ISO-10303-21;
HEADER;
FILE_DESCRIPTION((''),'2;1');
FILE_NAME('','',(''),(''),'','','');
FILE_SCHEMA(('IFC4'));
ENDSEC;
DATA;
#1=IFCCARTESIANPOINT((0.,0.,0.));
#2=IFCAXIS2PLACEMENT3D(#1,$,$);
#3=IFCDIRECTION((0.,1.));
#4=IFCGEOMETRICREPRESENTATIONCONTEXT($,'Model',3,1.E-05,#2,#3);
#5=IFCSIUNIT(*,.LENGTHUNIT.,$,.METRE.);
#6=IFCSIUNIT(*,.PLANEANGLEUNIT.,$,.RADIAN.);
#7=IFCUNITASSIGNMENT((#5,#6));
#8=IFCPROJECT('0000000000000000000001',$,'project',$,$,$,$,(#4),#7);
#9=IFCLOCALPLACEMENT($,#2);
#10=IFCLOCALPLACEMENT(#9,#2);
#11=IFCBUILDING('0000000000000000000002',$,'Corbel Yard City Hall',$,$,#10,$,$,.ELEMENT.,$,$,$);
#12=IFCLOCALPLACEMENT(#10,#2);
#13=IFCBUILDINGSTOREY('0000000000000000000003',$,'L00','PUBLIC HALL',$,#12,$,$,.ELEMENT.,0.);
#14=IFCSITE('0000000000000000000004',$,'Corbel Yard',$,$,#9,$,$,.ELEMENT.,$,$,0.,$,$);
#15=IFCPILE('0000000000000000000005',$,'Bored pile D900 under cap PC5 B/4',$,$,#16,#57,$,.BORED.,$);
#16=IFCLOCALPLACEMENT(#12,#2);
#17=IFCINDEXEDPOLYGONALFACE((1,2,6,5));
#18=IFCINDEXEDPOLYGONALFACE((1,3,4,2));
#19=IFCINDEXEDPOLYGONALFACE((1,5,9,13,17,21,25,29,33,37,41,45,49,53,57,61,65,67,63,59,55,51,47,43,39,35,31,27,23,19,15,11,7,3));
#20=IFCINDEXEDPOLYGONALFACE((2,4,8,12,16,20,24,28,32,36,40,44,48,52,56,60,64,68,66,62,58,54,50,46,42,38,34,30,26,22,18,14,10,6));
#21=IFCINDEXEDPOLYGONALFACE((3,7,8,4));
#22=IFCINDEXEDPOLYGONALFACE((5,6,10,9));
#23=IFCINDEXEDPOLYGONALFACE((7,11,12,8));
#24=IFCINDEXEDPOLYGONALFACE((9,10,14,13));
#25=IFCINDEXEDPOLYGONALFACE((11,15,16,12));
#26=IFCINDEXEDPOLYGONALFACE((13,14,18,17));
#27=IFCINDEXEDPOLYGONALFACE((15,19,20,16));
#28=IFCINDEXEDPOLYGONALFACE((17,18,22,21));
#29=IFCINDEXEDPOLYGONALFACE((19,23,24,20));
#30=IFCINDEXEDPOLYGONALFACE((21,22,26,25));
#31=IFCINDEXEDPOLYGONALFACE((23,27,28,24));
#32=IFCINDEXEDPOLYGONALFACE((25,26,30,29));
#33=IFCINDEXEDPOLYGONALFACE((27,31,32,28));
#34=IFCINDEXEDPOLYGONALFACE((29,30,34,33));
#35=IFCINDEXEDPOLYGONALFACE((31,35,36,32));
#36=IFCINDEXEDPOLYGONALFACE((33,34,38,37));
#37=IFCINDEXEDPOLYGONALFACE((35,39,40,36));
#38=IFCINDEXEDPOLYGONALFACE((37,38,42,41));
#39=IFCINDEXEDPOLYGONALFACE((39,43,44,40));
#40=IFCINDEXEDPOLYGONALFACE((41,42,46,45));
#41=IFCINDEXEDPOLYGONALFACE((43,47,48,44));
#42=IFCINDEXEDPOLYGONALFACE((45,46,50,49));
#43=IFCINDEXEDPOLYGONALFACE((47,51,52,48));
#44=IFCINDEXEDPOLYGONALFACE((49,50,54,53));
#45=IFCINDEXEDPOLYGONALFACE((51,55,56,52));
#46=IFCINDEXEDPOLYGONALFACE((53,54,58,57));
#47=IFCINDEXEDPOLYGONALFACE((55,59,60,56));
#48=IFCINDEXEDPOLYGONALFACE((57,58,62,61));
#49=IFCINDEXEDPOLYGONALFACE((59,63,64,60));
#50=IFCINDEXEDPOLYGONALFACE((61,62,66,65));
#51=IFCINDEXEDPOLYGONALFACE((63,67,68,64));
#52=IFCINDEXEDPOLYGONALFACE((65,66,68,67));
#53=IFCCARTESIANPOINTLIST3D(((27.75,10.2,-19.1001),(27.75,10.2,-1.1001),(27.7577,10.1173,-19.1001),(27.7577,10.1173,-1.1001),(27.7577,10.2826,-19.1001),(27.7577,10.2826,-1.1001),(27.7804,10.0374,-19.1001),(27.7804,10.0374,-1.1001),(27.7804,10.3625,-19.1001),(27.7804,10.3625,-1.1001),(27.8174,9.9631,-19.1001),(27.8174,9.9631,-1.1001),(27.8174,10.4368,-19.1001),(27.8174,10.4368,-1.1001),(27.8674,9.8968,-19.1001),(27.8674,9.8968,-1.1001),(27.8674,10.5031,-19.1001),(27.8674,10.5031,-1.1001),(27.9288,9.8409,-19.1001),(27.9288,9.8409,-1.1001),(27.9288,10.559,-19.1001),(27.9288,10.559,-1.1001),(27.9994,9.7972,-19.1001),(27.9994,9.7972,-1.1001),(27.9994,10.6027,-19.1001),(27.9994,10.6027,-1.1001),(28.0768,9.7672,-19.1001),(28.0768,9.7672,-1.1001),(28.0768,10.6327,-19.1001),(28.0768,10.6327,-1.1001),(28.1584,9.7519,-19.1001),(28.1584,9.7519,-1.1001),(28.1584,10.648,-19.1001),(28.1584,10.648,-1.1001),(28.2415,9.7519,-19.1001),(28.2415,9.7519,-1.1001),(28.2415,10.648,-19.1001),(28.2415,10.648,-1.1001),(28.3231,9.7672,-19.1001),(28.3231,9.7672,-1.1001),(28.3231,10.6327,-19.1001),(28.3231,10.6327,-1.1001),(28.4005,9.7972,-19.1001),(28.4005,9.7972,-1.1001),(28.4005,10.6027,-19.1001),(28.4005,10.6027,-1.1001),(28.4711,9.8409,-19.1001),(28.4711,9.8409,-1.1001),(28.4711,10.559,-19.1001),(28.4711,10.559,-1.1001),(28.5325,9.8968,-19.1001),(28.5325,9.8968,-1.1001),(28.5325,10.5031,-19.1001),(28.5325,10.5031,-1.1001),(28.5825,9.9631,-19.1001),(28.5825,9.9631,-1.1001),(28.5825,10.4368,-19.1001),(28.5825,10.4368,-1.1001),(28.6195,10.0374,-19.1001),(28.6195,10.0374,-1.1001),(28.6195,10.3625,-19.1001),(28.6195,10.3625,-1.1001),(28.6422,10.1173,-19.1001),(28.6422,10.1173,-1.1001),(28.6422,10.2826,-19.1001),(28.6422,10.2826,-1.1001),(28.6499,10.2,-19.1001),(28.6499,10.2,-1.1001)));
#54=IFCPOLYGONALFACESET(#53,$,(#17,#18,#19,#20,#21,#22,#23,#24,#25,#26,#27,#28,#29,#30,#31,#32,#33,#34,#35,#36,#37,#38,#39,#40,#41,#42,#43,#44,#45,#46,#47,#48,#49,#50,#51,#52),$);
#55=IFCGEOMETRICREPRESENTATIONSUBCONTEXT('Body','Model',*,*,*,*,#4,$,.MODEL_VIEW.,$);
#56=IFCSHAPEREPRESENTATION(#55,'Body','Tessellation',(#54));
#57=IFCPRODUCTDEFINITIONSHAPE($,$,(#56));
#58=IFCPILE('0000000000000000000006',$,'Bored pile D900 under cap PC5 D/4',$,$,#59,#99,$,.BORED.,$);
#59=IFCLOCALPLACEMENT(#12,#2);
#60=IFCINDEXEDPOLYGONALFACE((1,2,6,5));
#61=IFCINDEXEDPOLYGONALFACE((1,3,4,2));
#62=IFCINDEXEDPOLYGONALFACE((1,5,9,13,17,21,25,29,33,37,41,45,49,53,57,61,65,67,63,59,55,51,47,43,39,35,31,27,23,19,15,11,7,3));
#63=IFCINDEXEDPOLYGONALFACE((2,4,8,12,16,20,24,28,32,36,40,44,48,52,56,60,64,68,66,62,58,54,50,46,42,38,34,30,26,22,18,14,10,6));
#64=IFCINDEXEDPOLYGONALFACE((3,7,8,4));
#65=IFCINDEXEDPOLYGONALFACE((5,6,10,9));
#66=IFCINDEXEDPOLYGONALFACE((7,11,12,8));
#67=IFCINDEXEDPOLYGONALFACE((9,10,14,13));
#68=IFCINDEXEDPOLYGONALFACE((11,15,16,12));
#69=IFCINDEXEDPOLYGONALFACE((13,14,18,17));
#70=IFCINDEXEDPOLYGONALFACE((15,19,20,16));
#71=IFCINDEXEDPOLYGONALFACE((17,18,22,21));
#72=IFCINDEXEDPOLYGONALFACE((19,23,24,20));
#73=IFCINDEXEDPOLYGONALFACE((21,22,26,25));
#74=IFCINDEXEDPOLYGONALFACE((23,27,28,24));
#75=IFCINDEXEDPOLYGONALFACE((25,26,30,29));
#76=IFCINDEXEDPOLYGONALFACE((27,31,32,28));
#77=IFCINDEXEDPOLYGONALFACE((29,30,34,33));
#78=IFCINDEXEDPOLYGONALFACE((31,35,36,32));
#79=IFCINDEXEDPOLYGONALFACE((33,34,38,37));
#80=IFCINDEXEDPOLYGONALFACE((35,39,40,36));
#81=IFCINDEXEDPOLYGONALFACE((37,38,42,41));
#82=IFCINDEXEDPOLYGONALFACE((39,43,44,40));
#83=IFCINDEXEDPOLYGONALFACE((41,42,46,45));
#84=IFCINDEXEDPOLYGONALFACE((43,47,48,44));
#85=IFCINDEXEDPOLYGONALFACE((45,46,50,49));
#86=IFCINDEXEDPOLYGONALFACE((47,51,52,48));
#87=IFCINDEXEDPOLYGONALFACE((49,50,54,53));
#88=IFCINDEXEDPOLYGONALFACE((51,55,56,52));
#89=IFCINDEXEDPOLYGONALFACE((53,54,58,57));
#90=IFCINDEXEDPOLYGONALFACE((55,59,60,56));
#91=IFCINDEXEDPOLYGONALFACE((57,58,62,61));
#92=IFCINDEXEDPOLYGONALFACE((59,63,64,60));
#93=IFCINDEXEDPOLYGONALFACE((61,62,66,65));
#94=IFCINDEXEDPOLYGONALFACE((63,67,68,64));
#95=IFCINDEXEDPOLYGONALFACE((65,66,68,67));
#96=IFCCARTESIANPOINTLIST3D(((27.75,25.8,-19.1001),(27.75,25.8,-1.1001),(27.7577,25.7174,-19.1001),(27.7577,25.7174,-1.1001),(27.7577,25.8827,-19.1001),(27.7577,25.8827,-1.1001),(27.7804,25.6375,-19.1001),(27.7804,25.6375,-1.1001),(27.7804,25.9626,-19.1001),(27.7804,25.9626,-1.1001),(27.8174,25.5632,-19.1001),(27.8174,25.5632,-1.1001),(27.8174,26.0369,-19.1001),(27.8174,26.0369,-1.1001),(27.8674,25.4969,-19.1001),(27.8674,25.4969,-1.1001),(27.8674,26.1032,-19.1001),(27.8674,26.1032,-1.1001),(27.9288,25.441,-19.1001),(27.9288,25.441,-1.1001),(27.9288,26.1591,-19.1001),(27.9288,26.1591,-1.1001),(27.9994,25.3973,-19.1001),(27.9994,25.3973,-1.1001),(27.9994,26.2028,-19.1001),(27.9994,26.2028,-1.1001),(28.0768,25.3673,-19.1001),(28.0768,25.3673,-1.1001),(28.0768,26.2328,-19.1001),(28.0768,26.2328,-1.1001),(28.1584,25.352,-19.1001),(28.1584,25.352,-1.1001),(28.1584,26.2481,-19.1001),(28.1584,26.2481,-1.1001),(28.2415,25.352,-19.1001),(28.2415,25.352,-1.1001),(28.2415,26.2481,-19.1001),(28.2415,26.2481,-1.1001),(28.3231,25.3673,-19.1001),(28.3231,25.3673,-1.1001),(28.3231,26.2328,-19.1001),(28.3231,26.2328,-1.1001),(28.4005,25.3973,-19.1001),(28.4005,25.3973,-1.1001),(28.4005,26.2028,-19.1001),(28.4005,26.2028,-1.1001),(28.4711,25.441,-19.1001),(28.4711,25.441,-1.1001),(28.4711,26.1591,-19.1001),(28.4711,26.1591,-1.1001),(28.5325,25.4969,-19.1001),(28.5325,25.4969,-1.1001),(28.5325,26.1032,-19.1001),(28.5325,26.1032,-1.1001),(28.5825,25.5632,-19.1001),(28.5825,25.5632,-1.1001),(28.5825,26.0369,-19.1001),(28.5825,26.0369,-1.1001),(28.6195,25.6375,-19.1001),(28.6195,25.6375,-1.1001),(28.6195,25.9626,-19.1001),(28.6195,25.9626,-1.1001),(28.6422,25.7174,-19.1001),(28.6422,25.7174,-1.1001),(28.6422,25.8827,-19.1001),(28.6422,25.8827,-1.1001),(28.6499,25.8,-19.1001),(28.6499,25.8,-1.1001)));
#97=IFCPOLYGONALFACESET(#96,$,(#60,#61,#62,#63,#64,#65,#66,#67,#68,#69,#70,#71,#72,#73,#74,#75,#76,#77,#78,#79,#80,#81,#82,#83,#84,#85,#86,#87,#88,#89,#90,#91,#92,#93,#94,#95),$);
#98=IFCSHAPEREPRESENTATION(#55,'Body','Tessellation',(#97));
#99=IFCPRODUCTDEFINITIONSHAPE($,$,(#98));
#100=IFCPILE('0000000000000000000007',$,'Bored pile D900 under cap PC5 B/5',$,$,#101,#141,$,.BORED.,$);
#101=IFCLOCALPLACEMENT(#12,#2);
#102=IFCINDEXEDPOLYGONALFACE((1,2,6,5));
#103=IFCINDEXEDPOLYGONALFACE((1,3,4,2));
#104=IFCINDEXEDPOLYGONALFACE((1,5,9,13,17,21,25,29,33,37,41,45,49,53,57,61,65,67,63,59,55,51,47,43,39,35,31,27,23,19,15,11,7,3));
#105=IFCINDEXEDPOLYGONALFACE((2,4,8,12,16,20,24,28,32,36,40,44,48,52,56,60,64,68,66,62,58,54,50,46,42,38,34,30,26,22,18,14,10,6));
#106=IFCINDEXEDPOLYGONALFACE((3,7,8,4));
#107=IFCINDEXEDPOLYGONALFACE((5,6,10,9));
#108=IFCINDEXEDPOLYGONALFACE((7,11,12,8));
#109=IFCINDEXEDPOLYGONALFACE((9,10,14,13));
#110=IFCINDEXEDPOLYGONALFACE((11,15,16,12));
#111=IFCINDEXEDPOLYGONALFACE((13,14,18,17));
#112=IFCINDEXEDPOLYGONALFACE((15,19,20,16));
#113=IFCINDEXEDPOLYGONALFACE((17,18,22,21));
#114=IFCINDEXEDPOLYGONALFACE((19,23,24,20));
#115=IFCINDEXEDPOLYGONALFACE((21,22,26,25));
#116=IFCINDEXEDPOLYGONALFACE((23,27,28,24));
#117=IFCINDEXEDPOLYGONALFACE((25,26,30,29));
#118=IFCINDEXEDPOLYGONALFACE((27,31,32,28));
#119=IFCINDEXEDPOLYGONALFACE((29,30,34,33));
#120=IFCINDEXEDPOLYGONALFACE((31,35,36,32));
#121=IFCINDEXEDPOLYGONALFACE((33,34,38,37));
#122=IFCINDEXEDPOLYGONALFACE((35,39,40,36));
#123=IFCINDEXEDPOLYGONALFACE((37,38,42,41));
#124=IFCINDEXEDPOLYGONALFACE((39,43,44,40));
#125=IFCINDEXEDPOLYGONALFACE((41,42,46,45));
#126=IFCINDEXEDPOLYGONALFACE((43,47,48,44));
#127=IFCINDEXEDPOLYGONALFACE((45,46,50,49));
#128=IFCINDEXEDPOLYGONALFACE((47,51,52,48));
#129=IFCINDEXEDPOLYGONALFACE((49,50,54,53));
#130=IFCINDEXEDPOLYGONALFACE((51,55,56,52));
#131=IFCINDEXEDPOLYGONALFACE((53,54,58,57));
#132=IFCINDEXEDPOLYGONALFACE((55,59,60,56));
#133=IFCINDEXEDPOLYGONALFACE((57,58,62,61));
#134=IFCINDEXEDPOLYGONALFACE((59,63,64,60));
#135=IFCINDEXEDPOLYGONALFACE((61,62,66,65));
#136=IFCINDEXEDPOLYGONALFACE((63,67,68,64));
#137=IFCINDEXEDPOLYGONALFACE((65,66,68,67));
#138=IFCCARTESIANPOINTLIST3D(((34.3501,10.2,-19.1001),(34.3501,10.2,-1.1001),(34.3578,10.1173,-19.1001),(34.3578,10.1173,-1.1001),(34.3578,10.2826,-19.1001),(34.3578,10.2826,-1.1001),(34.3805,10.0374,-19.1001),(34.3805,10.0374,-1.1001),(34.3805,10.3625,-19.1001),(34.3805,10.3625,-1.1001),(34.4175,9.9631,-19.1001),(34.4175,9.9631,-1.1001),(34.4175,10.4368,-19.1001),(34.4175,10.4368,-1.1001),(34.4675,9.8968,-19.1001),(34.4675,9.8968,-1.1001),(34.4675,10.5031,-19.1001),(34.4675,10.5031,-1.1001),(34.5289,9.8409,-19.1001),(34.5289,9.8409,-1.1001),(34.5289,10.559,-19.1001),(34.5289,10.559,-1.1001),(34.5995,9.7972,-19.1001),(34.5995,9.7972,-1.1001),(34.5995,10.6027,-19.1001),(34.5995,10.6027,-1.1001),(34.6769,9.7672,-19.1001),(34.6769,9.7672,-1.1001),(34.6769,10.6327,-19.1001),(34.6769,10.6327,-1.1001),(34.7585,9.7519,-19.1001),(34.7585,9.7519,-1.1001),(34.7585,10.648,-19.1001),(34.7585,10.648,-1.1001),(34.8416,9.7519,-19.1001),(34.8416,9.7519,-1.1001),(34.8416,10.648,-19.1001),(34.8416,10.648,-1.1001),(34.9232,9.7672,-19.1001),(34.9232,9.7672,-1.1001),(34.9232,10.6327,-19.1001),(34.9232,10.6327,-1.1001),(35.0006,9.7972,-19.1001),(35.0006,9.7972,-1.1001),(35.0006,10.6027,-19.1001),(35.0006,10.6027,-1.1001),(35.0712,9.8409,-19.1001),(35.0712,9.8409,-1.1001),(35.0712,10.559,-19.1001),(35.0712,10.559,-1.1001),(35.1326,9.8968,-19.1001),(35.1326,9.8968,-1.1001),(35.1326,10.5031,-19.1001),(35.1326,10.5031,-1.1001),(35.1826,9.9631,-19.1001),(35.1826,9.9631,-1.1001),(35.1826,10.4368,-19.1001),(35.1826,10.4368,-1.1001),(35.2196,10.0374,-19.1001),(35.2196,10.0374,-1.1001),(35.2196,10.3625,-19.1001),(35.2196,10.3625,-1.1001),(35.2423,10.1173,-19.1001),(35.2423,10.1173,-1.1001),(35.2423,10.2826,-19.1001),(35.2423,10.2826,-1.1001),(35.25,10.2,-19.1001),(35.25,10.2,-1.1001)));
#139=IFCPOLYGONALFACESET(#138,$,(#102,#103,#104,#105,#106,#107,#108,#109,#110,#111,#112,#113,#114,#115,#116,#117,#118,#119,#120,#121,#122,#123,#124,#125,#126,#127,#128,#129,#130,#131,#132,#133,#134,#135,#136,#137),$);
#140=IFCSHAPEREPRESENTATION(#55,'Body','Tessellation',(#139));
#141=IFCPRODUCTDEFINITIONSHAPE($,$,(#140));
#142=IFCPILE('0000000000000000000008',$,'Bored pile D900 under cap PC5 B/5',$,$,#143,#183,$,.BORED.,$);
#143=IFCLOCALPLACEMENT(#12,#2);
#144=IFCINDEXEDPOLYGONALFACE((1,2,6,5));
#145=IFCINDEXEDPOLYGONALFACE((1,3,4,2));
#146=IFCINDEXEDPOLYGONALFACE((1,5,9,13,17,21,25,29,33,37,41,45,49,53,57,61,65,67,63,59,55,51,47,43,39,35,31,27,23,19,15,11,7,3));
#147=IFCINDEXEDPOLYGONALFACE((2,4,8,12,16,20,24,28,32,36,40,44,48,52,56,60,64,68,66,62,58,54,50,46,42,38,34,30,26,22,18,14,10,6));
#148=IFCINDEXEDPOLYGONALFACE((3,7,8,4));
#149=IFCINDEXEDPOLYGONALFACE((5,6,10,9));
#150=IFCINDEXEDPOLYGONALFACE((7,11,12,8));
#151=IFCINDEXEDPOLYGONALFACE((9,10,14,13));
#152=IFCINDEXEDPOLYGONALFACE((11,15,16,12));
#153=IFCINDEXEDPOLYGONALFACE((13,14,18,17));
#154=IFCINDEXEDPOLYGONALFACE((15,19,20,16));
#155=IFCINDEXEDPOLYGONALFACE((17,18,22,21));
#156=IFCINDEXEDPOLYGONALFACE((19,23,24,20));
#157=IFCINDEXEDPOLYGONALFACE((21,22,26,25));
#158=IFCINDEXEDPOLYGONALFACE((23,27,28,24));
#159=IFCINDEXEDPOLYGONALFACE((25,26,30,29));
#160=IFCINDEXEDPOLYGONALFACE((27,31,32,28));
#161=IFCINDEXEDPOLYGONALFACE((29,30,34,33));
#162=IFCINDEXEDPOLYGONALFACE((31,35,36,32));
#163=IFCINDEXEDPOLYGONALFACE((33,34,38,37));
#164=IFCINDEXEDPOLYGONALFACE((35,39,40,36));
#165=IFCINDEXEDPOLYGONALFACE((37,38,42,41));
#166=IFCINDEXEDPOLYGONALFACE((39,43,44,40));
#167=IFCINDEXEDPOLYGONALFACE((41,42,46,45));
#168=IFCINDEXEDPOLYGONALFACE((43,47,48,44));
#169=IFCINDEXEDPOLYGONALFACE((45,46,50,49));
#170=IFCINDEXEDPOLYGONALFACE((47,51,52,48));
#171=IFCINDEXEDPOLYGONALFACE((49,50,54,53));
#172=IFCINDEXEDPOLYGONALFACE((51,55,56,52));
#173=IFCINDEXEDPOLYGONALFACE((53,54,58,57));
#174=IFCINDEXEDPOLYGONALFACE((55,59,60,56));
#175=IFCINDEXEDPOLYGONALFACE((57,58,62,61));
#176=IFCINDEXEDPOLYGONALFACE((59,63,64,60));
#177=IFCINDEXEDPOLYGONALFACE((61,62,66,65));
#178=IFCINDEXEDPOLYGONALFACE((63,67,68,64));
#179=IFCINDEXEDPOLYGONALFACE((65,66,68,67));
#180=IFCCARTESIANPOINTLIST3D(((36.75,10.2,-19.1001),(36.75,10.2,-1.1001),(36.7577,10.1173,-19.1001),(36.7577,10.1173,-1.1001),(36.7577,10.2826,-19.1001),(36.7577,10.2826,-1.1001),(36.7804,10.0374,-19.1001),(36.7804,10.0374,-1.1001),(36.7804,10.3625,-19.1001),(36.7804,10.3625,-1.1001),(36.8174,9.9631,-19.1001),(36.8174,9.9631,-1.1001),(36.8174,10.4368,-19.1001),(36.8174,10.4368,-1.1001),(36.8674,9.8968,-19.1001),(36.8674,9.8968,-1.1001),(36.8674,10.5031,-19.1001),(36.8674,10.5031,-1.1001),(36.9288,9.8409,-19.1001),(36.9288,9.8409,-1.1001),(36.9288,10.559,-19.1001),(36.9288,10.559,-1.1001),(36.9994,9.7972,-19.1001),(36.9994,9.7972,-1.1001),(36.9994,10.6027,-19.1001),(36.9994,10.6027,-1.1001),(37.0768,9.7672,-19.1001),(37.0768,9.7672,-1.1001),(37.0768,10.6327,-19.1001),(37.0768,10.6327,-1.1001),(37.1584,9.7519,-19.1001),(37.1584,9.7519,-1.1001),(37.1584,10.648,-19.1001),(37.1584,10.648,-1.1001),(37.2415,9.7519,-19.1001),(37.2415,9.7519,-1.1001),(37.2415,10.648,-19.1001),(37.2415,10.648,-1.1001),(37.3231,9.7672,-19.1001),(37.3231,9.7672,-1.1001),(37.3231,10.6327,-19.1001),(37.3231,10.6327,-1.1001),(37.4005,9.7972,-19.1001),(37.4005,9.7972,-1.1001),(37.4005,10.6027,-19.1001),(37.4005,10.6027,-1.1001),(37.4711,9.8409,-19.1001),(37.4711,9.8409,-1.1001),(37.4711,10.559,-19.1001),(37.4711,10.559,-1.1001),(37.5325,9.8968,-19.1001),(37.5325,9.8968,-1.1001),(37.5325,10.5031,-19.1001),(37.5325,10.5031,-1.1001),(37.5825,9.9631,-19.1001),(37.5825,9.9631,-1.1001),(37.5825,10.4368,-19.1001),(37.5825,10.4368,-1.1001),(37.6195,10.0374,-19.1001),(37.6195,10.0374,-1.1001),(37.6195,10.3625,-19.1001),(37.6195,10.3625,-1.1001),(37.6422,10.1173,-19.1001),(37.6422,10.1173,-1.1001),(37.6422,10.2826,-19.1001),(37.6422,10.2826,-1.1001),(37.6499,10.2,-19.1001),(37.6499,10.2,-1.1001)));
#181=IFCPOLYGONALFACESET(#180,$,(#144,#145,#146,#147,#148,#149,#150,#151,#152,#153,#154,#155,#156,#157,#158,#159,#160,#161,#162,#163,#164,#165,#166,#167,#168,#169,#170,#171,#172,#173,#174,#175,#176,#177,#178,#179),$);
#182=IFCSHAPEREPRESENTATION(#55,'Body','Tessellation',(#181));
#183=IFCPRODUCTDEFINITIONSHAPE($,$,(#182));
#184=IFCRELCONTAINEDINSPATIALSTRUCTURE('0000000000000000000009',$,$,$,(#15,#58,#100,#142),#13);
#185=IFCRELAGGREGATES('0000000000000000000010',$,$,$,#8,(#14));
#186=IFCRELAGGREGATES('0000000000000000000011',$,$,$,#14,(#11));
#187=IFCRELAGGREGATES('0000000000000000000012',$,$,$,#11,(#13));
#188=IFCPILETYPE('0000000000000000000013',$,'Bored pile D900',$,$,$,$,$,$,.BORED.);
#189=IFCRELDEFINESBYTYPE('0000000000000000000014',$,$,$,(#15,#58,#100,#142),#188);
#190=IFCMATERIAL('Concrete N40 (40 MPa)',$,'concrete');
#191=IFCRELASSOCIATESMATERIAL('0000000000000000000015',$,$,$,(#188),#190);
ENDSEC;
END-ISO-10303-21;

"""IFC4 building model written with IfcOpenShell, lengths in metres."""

from ifc_helpers import new_model, si_unit, direction, frame, origin, origin_2d, place, context, subcontext, project, spatial, circle, extrude, material, material_profile, profile_set, type_object, element, save


model = new_model("IFC4")

# Units and contexts
model_context = context("Model", 3, precision=1e-05, world=origin(), true_north=direction((0.0, 1.0)))
body_context = subcontext(model_context, "Body", "Model", "MODEL_VIEW")
ifc_project = project(units=[si_unit("LENGTHUNIT", "METRE"), si_unit("PLANEANGLEUNIT", "RADIAN")], contexts=[model_context])

# Site, building, storey
site_placement = place(None, origin())
site = spatial("IfcSite", under=ifc_project, at=site_placement, Name="Corbel Yard", CompositionType="ELEMENT", RefElevation=0.0)
building_placement = place(site_placement, origin())
building = spatial("IfcBuilding", under=site, at=building_placement, Name="Corbel Yard City Hall", CompositionType="ELEMENT")
storey_placement = place(building_placement, origin())
storey = spatial("IfcBuildingStorey", under=building, at=storey_placement, Name="L00", Description="PUBLIC HALL", CompositionType="ELEMENT", Elevation=0.0)

# Piles
ifc_material_1 = material(Name="Concrete N40 (40 MPa)", Category="concrete")
ifc_material_profile_1 = material_profile(ifc_material_1, circle(Radius=0.45, at=origin_2d()), Name="D900")
ifc_profile_set_1 = profile_set([ifc_material_profile_1], Name="Concrete N40 (40 MPa)")
pile_type = type_object("IfcPileType", Name="Bored pile D900", PredefinedType="BORED", material=ifc_profile_set_1)
for number, where, z_axis, x_axis, name in (
    (1, (28.2, 10.2, -1.1001), (0.0, 0.0, -1.0), (1.0, 0.0, 0.0), "Bored pile D900 under cap PC5 B/4"),
    (2, (28.2, 25.8, -1.1001), (0.0, 0.0, -1.0), (1.0, 0.0, 0.0), "Bored pile D900 under cap PC5 D/4"),
    (3, (34.8, 10.2, -1.1001), (0.0, 0.0, -1.0), (1.0, 0.0, 0.0), "Bored pile D900 under cap PC5 B/5"),
    (4, (37.2, 10.2, -1.1001), (0.0, 0.0, -1.0), (1.0, 0.0, 0.0), "Bored pile D900 under cap PC5 B/5"),
):
    element("IfcPile", number, at=place(storey_placement, frame(where, z_axis=z_axis, x_axis=x_axis)), inside=storey, type_object=pile_type, Name=name, PredefinedType="BORED", context=body_context, shape_type="SweptSolid", body=[
        extrude(circle(Radius=0.45, at=origin_2d()), origin(), (0.0, 0.0, 1.0), 18.0),
    ])

save(model, "model.ifc")
